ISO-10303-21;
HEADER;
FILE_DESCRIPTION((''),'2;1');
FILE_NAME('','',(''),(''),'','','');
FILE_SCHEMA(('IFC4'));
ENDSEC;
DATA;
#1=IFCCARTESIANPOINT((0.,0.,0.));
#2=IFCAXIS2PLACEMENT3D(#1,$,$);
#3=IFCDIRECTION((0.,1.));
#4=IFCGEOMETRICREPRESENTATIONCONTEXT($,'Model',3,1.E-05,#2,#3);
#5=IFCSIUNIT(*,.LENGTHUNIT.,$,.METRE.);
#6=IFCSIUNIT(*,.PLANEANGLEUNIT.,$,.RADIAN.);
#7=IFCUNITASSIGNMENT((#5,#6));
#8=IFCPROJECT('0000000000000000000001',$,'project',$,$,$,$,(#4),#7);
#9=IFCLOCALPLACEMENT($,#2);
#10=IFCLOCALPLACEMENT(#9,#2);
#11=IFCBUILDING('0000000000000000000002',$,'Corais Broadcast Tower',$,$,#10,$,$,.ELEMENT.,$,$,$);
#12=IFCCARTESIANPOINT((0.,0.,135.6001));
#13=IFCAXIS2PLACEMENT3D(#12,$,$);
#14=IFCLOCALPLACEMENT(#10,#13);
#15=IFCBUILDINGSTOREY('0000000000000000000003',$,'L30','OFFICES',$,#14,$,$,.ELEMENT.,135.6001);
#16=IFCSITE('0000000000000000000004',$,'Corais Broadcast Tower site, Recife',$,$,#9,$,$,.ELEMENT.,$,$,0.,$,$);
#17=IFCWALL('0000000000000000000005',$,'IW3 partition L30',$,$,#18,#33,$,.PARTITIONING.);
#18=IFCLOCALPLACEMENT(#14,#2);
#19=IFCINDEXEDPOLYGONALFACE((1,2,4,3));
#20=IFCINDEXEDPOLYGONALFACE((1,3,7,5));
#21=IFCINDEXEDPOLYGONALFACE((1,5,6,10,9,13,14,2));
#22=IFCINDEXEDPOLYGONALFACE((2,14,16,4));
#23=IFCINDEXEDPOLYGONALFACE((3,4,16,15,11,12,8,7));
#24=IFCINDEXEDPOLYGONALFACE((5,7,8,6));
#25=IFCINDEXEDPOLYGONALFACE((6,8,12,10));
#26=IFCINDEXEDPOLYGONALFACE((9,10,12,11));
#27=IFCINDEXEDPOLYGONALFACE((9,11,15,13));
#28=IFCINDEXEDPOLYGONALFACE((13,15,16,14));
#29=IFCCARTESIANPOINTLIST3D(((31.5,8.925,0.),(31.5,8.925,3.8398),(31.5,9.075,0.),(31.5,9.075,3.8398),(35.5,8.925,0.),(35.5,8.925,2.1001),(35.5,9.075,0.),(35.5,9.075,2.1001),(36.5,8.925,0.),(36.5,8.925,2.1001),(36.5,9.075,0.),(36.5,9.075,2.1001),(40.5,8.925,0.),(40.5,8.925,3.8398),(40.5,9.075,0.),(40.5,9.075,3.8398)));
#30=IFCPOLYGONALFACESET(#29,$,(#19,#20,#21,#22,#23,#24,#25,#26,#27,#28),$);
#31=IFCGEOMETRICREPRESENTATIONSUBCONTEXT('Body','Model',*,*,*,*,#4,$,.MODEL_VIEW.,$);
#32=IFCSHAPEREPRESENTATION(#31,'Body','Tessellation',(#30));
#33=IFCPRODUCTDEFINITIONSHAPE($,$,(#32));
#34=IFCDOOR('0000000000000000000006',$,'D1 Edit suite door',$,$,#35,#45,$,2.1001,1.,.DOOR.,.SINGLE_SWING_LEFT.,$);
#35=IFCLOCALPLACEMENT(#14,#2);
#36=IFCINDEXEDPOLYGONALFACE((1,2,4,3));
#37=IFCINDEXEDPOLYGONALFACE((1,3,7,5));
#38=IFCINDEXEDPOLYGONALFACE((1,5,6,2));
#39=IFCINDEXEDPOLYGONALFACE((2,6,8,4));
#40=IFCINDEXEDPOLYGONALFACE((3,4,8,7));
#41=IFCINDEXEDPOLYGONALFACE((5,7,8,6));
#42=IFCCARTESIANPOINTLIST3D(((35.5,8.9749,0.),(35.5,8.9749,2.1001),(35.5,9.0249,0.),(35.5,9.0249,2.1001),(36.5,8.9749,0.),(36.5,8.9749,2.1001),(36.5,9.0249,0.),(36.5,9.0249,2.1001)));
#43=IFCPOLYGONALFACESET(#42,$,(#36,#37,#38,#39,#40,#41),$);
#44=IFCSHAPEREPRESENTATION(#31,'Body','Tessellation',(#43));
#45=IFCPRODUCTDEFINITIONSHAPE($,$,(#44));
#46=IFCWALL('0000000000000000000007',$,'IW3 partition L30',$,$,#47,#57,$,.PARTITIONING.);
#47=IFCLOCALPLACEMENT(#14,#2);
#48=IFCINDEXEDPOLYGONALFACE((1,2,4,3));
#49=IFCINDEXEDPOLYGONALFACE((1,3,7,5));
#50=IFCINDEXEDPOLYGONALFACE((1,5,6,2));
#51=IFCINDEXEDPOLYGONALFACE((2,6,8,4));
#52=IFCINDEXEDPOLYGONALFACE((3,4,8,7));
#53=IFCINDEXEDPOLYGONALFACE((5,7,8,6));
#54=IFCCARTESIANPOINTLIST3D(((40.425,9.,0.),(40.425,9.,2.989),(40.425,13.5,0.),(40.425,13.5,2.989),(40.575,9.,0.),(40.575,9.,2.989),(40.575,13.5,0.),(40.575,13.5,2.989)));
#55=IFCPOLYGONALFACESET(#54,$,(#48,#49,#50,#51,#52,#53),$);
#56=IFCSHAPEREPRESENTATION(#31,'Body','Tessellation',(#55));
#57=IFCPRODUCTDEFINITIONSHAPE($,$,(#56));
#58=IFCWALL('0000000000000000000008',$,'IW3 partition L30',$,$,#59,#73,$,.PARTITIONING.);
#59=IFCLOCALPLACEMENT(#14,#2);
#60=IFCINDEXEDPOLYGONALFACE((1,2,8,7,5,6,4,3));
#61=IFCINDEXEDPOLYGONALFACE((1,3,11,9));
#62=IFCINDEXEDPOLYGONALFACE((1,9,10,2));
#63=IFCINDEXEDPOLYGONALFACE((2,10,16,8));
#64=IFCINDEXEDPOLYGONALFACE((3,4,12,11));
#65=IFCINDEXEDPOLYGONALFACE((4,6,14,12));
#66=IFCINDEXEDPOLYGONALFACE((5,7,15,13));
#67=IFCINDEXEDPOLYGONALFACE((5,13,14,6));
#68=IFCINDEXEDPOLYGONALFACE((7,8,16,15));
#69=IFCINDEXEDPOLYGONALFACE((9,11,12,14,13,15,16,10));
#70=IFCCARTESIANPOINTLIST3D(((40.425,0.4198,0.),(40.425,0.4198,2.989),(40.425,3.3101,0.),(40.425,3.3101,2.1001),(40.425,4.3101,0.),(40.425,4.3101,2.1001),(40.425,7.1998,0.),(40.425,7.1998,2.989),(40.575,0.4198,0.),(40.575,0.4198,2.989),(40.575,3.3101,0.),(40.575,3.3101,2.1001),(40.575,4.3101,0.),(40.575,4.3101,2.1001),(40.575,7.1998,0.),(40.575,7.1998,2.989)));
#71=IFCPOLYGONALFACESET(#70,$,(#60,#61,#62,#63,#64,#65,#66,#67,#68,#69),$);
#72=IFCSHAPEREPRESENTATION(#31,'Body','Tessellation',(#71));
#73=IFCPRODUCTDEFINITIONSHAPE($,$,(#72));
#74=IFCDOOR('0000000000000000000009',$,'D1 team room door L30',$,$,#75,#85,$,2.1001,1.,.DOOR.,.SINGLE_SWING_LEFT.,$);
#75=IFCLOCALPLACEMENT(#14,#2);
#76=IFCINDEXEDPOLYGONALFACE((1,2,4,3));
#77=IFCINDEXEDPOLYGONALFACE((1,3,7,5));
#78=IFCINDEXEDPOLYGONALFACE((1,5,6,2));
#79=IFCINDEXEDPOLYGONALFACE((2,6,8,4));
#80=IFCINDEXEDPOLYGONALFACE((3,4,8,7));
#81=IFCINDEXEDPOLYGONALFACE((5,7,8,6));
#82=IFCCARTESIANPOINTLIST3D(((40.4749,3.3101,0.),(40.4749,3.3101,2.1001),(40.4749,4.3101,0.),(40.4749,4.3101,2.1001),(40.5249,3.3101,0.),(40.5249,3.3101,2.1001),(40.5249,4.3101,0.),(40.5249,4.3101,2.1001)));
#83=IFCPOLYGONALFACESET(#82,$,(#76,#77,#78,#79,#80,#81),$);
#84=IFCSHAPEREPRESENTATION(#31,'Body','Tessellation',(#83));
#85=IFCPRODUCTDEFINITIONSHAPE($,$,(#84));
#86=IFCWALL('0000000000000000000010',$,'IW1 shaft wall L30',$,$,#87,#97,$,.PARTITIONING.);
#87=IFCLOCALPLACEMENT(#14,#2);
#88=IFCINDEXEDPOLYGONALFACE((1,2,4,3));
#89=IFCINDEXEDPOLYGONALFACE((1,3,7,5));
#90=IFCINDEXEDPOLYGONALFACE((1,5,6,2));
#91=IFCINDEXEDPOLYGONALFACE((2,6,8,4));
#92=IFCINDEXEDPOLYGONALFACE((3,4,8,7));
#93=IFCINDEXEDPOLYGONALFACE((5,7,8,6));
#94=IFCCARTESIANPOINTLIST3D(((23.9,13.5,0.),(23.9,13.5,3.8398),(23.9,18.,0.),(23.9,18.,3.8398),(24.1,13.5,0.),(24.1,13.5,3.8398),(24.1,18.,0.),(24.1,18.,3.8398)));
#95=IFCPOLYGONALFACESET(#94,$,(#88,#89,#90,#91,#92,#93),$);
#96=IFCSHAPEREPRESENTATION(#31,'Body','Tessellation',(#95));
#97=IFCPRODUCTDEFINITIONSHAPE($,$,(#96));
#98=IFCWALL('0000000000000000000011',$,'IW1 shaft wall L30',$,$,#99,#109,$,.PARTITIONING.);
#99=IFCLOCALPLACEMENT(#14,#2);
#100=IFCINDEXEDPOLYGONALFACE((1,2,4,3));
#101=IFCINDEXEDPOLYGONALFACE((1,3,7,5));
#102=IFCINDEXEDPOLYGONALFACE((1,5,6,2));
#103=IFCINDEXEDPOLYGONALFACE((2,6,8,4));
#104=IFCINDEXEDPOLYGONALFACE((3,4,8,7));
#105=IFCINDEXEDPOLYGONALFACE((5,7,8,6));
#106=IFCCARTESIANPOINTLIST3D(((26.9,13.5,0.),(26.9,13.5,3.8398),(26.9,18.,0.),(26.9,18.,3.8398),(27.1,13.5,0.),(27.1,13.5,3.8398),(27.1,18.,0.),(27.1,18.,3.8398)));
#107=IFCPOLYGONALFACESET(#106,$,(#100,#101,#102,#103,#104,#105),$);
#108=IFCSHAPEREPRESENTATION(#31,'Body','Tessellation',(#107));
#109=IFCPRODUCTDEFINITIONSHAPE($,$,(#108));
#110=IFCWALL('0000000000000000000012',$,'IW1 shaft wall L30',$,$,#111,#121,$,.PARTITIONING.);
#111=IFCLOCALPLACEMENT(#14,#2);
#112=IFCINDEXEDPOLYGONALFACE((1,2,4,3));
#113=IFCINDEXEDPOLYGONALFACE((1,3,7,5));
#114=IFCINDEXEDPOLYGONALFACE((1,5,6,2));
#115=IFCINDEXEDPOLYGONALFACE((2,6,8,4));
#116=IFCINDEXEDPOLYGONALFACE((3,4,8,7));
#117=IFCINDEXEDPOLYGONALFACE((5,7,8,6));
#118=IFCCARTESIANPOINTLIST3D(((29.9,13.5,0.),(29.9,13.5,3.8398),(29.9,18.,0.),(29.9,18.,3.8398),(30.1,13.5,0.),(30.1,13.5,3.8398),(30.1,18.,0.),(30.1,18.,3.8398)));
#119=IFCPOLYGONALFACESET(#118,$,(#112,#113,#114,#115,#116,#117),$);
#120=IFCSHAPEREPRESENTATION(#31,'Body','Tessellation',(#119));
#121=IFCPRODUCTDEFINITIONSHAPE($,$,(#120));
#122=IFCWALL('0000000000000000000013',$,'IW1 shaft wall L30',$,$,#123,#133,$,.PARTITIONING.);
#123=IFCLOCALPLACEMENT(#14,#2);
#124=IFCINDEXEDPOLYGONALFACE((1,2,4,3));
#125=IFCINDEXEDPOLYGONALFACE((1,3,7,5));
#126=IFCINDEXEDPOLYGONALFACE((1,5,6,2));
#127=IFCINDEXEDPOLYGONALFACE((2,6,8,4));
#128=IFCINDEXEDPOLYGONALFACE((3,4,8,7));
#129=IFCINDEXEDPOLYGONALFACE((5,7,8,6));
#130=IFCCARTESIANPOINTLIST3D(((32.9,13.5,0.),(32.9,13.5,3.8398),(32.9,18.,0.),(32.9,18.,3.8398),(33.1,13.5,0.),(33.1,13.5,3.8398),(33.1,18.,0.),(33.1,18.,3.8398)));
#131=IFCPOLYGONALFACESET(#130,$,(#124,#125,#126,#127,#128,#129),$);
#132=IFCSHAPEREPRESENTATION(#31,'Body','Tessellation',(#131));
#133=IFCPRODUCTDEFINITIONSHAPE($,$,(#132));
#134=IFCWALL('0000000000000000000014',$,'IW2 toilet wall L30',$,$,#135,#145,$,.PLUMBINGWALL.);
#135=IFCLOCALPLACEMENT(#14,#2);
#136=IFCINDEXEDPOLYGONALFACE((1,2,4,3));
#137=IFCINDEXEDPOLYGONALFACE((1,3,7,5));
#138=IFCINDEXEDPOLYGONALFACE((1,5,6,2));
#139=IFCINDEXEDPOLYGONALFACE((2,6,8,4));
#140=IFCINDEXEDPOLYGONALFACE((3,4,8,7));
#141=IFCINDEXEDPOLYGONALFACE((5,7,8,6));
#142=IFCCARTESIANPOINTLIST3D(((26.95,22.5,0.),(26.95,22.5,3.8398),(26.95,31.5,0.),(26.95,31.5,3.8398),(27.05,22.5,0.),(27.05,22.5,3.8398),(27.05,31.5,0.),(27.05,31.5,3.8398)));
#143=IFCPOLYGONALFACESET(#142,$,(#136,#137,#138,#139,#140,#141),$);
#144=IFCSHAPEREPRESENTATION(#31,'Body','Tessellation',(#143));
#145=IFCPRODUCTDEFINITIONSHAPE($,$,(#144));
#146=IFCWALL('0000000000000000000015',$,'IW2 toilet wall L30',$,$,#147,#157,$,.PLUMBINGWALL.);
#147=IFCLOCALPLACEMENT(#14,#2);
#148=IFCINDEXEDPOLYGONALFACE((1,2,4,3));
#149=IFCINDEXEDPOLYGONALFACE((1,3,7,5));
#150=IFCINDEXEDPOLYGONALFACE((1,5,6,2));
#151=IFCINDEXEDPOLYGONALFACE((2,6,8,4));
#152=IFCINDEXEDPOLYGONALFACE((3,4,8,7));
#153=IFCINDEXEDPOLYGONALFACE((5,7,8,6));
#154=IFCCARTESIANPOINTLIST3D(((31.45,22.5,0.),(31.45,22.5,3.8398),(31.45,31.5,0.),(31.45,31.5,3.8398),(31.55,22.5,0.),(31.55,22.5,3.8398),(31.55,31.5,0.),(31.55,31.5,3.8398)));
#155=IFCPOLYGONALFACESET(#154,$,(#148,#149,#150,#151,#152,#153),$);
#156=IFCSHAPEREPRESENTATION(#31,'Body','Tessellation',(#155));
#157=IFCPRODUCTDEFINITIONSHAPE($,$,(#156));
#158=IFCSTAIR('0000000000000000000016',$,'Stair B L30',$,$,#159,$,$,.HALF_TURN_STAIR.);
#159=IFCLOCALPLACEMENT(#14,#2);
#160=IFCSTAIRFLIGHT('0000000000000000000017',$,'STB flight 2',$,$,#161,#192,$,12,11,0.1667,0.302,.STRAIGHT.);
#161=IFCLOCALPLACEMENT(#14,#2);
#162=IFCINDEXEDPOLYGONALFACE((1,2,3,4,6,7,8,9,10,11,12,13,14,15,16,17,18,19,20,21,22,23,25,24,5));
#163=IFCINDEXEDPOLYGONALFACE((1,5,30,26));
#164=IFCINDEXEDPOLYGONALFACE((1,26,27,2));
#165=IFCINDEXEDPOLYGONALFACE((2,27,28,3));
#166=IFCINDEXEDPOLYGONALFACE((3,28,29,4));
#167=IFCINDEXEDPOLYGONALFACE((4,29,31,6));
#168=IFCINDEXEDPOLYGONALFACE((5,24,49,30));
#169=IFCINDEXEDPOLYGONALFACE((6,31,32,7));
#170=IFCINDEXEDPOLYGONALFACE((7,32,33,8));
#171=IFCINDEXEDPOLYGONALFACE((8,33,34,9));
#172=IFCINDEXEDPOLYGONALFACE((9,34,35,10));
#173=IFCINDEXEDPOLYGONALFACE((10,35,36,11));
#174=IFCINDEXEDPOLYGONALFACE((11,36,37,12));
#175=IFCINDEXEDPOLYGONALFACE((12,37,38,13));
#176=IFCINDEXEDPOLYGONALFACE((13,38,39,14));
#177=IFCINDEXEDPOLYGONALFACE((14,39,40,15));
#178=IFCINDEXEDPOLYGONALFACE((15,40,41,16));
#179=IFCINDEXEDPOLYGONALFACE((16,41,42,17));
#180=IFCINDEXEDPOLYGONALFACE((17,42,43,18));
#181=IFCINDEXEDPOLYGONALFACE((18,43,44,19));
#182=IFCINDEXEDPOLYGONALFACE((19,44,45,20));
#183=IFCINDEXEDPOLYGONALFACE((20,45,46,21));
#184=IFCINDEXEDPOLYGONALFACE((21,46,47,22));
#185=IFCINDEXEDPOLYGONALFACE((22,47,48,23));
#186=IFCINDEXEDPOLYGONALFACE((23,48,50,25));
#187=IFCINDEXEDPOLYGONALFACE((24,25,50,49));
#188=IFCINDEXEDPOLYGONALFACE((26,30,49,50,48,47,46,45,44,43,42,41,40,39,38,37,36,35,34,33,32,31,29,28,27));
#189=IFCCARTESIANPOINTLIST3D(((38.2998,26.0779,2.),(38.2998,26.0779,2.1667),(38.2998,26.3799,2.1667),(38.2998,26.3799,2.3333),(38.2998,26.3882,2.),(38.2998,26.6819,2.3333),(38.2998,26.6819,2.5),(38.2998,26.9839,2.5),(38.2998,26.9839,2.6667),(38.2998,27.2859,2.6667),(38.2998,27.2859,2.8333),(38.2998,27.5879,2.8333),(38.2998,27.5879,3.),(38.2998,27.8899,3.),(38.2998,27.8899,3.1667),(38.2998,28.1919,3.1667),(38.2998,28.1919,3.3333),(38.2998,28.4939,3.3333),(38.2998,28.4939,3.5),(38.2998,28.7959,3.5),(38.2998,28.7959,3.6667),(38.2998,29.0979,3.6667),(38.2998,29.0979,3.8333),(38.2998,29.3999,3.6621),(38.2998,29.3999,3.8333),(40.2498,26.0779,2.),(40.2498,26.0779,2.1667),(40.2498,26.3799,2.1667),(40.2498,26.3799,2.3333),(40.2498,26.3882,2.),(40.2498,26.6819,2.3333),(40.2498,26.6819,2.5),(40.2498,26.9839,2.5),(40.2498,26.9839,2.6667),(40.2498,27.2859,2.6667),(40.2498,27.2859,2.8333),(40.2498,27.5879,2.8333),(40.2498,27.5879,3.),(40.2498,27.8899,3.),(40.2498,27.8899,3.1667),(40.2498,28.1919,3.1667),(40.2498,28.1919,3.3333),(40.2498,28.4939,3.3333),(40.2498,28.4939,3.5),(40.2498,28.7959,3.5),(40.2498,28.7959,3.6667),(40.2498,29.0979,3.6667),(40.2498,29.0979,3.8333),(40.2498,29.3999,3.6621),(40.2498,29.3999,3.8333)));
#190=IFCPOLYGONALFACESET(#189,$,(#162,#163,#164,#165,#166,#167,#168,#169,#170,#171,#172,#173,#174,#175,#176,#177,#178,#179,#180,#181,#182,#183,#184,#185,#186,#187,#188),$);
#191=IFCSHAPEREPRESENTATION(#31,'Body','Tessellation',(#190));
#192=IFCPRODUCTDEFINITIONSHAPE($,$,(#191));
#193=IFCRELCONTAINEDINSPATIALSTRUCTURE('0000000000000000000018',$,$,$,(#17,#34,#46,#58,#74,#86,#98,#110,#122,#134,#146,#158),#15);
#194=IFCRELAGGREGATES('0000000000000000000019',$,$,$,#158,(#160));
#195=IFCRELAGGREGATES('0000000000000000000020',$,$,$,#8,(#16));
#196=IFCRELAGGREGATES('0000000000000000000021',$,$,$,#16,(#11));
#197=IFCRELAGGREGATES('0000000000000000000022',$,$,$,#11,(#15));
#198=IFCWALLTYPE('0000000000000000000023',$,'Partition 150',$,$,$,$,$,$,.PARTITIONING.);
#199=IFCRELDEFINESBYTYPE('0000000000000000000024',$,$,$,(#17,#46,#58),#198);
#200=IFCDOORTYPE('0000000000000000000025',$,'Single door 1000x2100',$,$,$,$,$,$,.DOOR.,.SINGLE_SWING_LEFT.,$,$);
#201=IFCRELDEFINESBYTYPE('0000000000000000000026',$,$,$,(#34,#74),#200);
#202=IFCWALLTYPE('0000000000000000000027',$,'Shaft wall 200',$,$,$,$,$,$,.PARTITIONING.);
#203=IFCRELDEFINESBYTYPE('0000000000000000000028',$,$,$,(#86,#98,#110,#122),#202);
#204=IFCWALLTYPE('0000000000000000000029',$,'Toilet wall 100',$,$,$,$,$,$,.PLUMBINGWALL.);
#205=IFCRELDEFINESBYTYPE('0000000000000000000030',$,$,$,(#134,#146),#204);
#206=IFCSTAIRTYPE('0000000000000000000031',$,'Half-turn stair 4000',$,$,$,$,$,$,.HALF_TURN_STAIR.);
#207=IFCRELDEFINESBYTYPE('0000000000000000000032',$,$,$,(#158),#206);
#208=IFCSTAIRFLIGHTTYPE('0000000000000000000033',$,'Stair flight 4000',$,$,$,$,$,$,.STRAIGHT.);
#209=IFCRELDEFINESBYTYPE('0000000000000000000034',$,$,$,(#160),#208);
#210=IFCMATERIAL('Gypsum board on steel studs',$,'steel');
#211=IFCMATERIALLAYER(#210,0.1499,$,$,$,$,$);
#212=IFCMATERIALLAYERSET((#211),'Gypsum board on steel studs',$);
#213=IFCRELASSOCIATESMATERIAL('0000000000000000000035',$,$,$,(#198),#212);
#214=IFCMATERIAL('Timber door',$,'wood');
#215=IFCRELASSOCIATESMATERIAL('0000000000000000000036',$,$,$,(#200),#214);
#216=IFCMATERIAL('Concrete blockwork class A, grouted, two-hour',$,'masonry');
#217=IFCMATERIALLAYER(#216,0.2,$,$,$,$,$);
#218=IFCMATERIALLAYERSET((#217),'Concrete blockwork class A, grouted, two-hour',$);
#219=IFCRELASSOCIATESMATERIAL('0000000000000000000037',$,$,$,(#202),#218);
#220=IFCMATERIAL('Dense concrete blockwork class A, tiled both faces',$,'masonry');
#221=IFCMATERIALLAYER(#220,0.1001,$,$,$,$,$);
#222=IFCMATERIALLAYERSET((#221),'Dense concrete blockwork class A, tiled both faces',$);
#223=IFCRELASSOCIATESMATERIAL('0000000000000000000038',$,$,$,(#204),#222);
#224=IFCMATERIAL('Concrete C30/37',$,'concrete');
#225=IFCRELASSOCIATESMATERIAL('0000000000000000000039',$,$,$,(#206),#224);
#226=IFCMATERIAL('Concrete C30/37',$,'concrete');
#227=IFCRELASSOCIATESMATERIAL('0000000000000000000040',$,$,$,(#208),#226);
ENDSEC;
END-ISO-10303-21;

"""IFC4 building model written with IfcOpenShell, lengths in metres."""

from ifc_helpers import new_model, si_unit, direction, frame, frame_2d, origin, place, context, subcontext, project, spatial, polyline, rectangle, outline, extrude, material, layer, layer_set, type_object, element, fill, aggregate, save


model = new_model("IFC4")

# Units and contexts
model_context = context("Model", 3, precision=1e-05, world=origin(), true_north=direction((0.0, 1.0)))
body_context = subcontext(model_context, "Body", "Model", "MODEL_VIEW")
ifc_project = project(units=[si_unit("LENGTHUNIT", "METRE"), si_unit("PLANEANGLEUNIT", "RADIAN")], contexts=[model_context])

# Site, building, storey
site_placement = place(None, origin())
site = spatial("IfcSite", under=ifc_project, at=site_placement, Name="Corais Broadcast Tower site, Recife", CompositionType="ELEMENT", RefElevation=0.0)
building_placement = place(site_placement, origin())
building = spatial("IfcBuilding", under=site, at=building_placement, Name="Corais Broadcast Tower", CompositionType="ELEMENT")
storey_placement = place(building_placement, frame((0.0, 0.0, 135.6001)))
storey = spatial("IfcBuildingStorey", under=building, at=storey_placement, Name="L30", Description="OFFICES", CompositionType="ELEMENT", Elevation=135.6001)

# Shared definitions
ifc_material_1 = material(Name="Gypsum board on steel studs", Category="steel")
ifc_layer_1 = layer(ifc_material_1, 0.1499)
ifc_layer_set_1 = layer_set([ifc_layer_1], Name="Gypsum board on steel studs")
wall_type_1 = type_object("IfcWallType", Name="Partition 150", PredefinedType="PARTITIONING", material=ifc_layer_set_1)
ifc_material_2 = material(Name="Timber door", Category="wood")
door_type_1 = type_object("IfcDoorType", Name="Single door 1000x2100", OperationType="SINGLE_SWING_LEFT", PredefinedType="DOOR", material=ifc_material_2)

# Wall, opening, door
wall_1_placement = place(storey_placement, frame((31.5, 9.0, 0.0), z_axis=(0.0, 0.0, 1.0), x_axis=(1.0, 0.0, 0.0)))
wall_1 = element("IfcWall", 1, at=wall_1_placement, inside=storey, type_object=wall_type_1, Name="IW3 partition L30", PredefinedType="PARTITIONING", context=body_context, shape_type="SweptSolid", body=[
    extrude(rectangle(XDim=9.0, YDim=0.1499, at=frame_2d((4.5, 0.0))), origin(), (0.0, 0.0, 1.0), 3.8398),
])
opening_1_placement = place(wall_1_placement, frame((4.0, 0.0, 0.0)))
opening_1 = element("IfcOpeningElement", 2, at=opening_1_placement, cuts=wall_1, PredefinedType="OPENING", context=body_context, shape_type="SweptSolid", body=[
    extrude(rectangle(XDim=1.0, YDim=2.1001, at=frame_2d((0.5, 1.05))), frame((0.0, 0.085, 0.0), z_axis=(0.0, -1.0, 0.0), x_axis=(1.0, 0.0, 0.0)), (0.0, 0.0, 1.0), 0.1699),
])
door_1_placement = place(opening_1_placement, origin())
door_1 = element("IfcDoor", 3, at=door_1_placement, inside=storey, type_object=door_type_1, Name="D1 Edit suite door", OperationType="SINGLE_SWING_LEFT", OverallHeight=2.1001, OverallWidth=1.0, PredefinedType="DOOR", context=body_context, shape_type="SweptSolid", body=[
    extrude(rectangle(XDim=1.0, YDim=2.1001, at=frame_2d((0.5, 1.05))), frame((0.0, 0.0249, 0.0), z_axis=(0.0, -1.0, 0.0), x_axis=(1.0, 0.0, 0.0)), (0.0, 0.0, 1.0), 0.05),
])
fill(opening_1, door_1)

# Wall
wall_2_placement = place(storey_placement, frame((40.5, 9.0, 0.0), z_axis=(0.0, 0.0, 1.0), x_axis=(0.0, 1.0, 0.0)))
element("IfcWall", 4, at=wall_2_placement, inside=storey, type_object=wall_type_1, Name="IW3 partition L30", PredefinedType="PARTITIONING", context=body_context, shape_type="SweptSolid", body=[
    extrude(rectangle(XDim=4.5, YDim=0.1499, at=frame_2d((2.25, 0.0))), origin(), (0.0, 0.0, 1.0), 2.989),
])

# Wall, opening, door
wall_3_placement = place(storey_placement, frame((40.5, 7.2, 0.0), z_axis=(0.0, 0.0, 1.0), x_axis=(0.0, -1.0, 0.0)))
wall_3 = element("IfcWall", 5, at=wall_3_placement, inside=storey, type_object=wall_type_1, Name="IW3 partition L30", PredefinedType="PARTITIONING", context=body_context, shape_type="SweptSolid", body=[
    extrude(rectangle(XDim=6.78, YDim=0.1499, at=frame_2d((3.3901, 0.0))), origin(), (0.0, 0.0, 1.0), 2.989),
])
opening_2_placement = place(wall_3_placement, frame((2.8899, 0.0, 0.0)))
opening_2 = element("IfcOpeningElement", 6, at=opening_2_placement, cuts=wall_3, PredefinedType="OPENING", context=body_context, shape_type="SweptSolid", body=[
    extrude(rectangle(XDim=1.0, YDim=2.1001, at=frame_2d((0.5, 1.05))), frame((0.0, 0.085, 0.0), z_axis=(0.0, -1.0, 0.0), x_axis=(1.0, 0.0, 0.0)), (0.0, 0.0, 1.0), 0.1699),
])
door_2_placement = place(opening_2_placement, origin())
door_2 = element("IfcDoor", 7, at=door_2_placement, inside=storey, type_object=door_type_1, Name="D1 team room door L30", OperationType="SINGLE_SWING_LEFT", OverallHeight=2.1001, OverallWidth=1.0, PredefinedType="DOOR", context=body_context, shape_type="SweptSolid", body=[
    extrude(rectangle(XDim=1.0, YDim=2.1001, at=frame_2d((0.5, 1.05))), frame((0.0, 0.0249, 0.0), z_axis=(0.0, -1.0, 0.0), x_axis=(1.0, 0.0, 0.0)), (0.0, 0.0, 1.0), 0.05),
])
fill(opening_2, door_2)

# Walls
ifc_material_3 = material(Name="Concrete blockwork class A, grouted, two-hour", Category="masonry")
ifc_layer_2 = layer(ifc_material_3, 0.2)
ifc_layer_set_2 = layer_set([ifc_layer_2], Name="Concrete blockwork class A, grouted, two-hour")
wall_type_2 = type_object("IfcWallType", Name="Shaft wall 200", PredefinedType="PARTITIONING", material=ifc_layer_set_2)
for number, where, z_axis, x_axis, name in (
    (8, (24.0, 13.5, 0.0), (0.0, 0.0, 1.0), (0.0, 1.0, 0.0), "IW1 shaft wall L30"),
    (9, (27.0, 13.5, 0.0), (0.0, 0.0, 1.0), (0.0, 1.0, 0.0), "IW1 shaft wall L30"),
    (10, (30.0, 13.5, 0.0), (0.0, 0.0, 1.0), (0.0, 1.0, 0.0), "IW1 shaft wall L30"),
    (11, (33.0, 13.5, 0.0), (0.0, 0.0, 1.0), (0.0, 1.0, 0.0), "IW1 shaft wall L30"),
):
    element("IfcWall", number, at=place(storey_placement, frame(where, z_axis=z_axis, x_axis=x_axis)), inside=storey, type_object=wall_type_2, Name=name, PredefinedType="PARTITIONING", context=body_context, shape_type="SweptSolid", body=[
        extrude(rectangle(XDim=4.5, YDim=0.2, at=frame_2d((2.25, 0.0))), origin(), (0.0, 0.0, 1.0), 3.8398),
    ])
ifc_material_4 = material(Name="Dense concrete blockwork class A, tiled both faces", Category="masonry")
ifc_layer_3 = layer(ifc_material_4, 0.1001)
ifc_layer_set_3 = layer_set([ifc_layer_3], Name="Dense concrete blockwork class A, tiled both faces")
wall_type_3 = type_object("IfcWallType", Name="Toilet wall 100", PredefinedType="PLUMBINGWALL", material=ifc_layer_set_3)
for number, where, z_axis, x_axis, name in (
    (12, (27.0, 22.5, 0.0), (0.0, 0.0, 1.0), (0.0, 1.0, 0.0), "IW2 toilet wall L30"),
    (13, (31.5, 22.5, 0.0), (0.0, 0.0, 1.0), (0.0, 1.0, 0.0), "IW2 toilet wall L30"),
):
    element("IfcWall", number, at=place(storey_placement, frame(where, z_axis=z_axis, x_axis=x_axis)), inside=storey, type_object=wall_type_3, Name=name, PredefinedType="PLUMBINGWALL", context=body_context, shape_type="SweptSolid", body=[
        extrude(rectangle(XDim=9.0, YDim=0.1001, at=frame_2d((4.5, 0.0))), origin(), (0.0, 0.0, 1.0), 3.8398),
    ])

# Stair, stair flight
ifc_material_5 = material(Name="Concrete C30/37", Category="concrete")
stair_type = type_object("IfcStairType", Name="Half-turn stair 4000", PredefinedType="HALF_TURN_STAIR", material=ifc_material_5)
stair_placement = place(storey_placement, origin())
stair = element("IfcStair", 14, at=stair_placement, inside=storey, type_object=stair_type, Name="Stair B L30", PredefinedType="HALF_TURN_STAIR")
ifc_material_6 = material(Name="Concrete C30/37", Category="concrete")
stair_flight_type = type_object("IfcStairFlightType", Name="Stair flight 4000", PredefinedType="STRAIGHT", material=ifc_material_6)
stair_flight_placement = place(storey_placement, frame((39.2749, 26.0779, 2.0), z_axis=(0.0, 0.0, 1.0), x_axis=(0.0, 1.0, 0.0)))
stair_flight = element("IfcStairFlight", 15, at=stair_flight_placement, type_object=stair_flight_type, Name="STB flight 2", NumberOfRisers=12, NumberOfTreads=11, PredefinedType="STRAIGHT", RiserHeight=0.1667, TreadLength=0.302, context=body_context, shape_type="SweptSolid", body=[
    extrude(outline(polyline([(0.0, 0.0), (0.0, 0.1667), (0.302, 0.1667), (0.302, 0.3333), (0.604, 0.3333), (0.604, 0.5), (0.906, 0.5), (0.906, 0.6667), (1.208, 0.6667), (1.208, 0.8333), (1.51, 0.8333), (1.51, 1.0), (1.812, 1.0), (1.812, 1.1667), (2.114, 1.1667), (2.114, 1.3333), (2.416, 1.3333), (2.416, 1.5), (2.718, 1.5), (2.718, 1.6667), (3.02, 1.6667), (3.02, 1.8333), (3.322, 1.8333), (3.322, 2.0), (3.322, 1.6621), (0.3103, 0.0), (0.0, 0.0)])), frame((0.0, 0.9751, 0.0), z_axis=(0.0, -1.0, 0.0), x_axis=(1.0, 0.0, 0.0)), (0.0, 0.0, 1.0), 1.95),
])
aggregate(stair, [stair_flight])

save(model, "model.ifc")
